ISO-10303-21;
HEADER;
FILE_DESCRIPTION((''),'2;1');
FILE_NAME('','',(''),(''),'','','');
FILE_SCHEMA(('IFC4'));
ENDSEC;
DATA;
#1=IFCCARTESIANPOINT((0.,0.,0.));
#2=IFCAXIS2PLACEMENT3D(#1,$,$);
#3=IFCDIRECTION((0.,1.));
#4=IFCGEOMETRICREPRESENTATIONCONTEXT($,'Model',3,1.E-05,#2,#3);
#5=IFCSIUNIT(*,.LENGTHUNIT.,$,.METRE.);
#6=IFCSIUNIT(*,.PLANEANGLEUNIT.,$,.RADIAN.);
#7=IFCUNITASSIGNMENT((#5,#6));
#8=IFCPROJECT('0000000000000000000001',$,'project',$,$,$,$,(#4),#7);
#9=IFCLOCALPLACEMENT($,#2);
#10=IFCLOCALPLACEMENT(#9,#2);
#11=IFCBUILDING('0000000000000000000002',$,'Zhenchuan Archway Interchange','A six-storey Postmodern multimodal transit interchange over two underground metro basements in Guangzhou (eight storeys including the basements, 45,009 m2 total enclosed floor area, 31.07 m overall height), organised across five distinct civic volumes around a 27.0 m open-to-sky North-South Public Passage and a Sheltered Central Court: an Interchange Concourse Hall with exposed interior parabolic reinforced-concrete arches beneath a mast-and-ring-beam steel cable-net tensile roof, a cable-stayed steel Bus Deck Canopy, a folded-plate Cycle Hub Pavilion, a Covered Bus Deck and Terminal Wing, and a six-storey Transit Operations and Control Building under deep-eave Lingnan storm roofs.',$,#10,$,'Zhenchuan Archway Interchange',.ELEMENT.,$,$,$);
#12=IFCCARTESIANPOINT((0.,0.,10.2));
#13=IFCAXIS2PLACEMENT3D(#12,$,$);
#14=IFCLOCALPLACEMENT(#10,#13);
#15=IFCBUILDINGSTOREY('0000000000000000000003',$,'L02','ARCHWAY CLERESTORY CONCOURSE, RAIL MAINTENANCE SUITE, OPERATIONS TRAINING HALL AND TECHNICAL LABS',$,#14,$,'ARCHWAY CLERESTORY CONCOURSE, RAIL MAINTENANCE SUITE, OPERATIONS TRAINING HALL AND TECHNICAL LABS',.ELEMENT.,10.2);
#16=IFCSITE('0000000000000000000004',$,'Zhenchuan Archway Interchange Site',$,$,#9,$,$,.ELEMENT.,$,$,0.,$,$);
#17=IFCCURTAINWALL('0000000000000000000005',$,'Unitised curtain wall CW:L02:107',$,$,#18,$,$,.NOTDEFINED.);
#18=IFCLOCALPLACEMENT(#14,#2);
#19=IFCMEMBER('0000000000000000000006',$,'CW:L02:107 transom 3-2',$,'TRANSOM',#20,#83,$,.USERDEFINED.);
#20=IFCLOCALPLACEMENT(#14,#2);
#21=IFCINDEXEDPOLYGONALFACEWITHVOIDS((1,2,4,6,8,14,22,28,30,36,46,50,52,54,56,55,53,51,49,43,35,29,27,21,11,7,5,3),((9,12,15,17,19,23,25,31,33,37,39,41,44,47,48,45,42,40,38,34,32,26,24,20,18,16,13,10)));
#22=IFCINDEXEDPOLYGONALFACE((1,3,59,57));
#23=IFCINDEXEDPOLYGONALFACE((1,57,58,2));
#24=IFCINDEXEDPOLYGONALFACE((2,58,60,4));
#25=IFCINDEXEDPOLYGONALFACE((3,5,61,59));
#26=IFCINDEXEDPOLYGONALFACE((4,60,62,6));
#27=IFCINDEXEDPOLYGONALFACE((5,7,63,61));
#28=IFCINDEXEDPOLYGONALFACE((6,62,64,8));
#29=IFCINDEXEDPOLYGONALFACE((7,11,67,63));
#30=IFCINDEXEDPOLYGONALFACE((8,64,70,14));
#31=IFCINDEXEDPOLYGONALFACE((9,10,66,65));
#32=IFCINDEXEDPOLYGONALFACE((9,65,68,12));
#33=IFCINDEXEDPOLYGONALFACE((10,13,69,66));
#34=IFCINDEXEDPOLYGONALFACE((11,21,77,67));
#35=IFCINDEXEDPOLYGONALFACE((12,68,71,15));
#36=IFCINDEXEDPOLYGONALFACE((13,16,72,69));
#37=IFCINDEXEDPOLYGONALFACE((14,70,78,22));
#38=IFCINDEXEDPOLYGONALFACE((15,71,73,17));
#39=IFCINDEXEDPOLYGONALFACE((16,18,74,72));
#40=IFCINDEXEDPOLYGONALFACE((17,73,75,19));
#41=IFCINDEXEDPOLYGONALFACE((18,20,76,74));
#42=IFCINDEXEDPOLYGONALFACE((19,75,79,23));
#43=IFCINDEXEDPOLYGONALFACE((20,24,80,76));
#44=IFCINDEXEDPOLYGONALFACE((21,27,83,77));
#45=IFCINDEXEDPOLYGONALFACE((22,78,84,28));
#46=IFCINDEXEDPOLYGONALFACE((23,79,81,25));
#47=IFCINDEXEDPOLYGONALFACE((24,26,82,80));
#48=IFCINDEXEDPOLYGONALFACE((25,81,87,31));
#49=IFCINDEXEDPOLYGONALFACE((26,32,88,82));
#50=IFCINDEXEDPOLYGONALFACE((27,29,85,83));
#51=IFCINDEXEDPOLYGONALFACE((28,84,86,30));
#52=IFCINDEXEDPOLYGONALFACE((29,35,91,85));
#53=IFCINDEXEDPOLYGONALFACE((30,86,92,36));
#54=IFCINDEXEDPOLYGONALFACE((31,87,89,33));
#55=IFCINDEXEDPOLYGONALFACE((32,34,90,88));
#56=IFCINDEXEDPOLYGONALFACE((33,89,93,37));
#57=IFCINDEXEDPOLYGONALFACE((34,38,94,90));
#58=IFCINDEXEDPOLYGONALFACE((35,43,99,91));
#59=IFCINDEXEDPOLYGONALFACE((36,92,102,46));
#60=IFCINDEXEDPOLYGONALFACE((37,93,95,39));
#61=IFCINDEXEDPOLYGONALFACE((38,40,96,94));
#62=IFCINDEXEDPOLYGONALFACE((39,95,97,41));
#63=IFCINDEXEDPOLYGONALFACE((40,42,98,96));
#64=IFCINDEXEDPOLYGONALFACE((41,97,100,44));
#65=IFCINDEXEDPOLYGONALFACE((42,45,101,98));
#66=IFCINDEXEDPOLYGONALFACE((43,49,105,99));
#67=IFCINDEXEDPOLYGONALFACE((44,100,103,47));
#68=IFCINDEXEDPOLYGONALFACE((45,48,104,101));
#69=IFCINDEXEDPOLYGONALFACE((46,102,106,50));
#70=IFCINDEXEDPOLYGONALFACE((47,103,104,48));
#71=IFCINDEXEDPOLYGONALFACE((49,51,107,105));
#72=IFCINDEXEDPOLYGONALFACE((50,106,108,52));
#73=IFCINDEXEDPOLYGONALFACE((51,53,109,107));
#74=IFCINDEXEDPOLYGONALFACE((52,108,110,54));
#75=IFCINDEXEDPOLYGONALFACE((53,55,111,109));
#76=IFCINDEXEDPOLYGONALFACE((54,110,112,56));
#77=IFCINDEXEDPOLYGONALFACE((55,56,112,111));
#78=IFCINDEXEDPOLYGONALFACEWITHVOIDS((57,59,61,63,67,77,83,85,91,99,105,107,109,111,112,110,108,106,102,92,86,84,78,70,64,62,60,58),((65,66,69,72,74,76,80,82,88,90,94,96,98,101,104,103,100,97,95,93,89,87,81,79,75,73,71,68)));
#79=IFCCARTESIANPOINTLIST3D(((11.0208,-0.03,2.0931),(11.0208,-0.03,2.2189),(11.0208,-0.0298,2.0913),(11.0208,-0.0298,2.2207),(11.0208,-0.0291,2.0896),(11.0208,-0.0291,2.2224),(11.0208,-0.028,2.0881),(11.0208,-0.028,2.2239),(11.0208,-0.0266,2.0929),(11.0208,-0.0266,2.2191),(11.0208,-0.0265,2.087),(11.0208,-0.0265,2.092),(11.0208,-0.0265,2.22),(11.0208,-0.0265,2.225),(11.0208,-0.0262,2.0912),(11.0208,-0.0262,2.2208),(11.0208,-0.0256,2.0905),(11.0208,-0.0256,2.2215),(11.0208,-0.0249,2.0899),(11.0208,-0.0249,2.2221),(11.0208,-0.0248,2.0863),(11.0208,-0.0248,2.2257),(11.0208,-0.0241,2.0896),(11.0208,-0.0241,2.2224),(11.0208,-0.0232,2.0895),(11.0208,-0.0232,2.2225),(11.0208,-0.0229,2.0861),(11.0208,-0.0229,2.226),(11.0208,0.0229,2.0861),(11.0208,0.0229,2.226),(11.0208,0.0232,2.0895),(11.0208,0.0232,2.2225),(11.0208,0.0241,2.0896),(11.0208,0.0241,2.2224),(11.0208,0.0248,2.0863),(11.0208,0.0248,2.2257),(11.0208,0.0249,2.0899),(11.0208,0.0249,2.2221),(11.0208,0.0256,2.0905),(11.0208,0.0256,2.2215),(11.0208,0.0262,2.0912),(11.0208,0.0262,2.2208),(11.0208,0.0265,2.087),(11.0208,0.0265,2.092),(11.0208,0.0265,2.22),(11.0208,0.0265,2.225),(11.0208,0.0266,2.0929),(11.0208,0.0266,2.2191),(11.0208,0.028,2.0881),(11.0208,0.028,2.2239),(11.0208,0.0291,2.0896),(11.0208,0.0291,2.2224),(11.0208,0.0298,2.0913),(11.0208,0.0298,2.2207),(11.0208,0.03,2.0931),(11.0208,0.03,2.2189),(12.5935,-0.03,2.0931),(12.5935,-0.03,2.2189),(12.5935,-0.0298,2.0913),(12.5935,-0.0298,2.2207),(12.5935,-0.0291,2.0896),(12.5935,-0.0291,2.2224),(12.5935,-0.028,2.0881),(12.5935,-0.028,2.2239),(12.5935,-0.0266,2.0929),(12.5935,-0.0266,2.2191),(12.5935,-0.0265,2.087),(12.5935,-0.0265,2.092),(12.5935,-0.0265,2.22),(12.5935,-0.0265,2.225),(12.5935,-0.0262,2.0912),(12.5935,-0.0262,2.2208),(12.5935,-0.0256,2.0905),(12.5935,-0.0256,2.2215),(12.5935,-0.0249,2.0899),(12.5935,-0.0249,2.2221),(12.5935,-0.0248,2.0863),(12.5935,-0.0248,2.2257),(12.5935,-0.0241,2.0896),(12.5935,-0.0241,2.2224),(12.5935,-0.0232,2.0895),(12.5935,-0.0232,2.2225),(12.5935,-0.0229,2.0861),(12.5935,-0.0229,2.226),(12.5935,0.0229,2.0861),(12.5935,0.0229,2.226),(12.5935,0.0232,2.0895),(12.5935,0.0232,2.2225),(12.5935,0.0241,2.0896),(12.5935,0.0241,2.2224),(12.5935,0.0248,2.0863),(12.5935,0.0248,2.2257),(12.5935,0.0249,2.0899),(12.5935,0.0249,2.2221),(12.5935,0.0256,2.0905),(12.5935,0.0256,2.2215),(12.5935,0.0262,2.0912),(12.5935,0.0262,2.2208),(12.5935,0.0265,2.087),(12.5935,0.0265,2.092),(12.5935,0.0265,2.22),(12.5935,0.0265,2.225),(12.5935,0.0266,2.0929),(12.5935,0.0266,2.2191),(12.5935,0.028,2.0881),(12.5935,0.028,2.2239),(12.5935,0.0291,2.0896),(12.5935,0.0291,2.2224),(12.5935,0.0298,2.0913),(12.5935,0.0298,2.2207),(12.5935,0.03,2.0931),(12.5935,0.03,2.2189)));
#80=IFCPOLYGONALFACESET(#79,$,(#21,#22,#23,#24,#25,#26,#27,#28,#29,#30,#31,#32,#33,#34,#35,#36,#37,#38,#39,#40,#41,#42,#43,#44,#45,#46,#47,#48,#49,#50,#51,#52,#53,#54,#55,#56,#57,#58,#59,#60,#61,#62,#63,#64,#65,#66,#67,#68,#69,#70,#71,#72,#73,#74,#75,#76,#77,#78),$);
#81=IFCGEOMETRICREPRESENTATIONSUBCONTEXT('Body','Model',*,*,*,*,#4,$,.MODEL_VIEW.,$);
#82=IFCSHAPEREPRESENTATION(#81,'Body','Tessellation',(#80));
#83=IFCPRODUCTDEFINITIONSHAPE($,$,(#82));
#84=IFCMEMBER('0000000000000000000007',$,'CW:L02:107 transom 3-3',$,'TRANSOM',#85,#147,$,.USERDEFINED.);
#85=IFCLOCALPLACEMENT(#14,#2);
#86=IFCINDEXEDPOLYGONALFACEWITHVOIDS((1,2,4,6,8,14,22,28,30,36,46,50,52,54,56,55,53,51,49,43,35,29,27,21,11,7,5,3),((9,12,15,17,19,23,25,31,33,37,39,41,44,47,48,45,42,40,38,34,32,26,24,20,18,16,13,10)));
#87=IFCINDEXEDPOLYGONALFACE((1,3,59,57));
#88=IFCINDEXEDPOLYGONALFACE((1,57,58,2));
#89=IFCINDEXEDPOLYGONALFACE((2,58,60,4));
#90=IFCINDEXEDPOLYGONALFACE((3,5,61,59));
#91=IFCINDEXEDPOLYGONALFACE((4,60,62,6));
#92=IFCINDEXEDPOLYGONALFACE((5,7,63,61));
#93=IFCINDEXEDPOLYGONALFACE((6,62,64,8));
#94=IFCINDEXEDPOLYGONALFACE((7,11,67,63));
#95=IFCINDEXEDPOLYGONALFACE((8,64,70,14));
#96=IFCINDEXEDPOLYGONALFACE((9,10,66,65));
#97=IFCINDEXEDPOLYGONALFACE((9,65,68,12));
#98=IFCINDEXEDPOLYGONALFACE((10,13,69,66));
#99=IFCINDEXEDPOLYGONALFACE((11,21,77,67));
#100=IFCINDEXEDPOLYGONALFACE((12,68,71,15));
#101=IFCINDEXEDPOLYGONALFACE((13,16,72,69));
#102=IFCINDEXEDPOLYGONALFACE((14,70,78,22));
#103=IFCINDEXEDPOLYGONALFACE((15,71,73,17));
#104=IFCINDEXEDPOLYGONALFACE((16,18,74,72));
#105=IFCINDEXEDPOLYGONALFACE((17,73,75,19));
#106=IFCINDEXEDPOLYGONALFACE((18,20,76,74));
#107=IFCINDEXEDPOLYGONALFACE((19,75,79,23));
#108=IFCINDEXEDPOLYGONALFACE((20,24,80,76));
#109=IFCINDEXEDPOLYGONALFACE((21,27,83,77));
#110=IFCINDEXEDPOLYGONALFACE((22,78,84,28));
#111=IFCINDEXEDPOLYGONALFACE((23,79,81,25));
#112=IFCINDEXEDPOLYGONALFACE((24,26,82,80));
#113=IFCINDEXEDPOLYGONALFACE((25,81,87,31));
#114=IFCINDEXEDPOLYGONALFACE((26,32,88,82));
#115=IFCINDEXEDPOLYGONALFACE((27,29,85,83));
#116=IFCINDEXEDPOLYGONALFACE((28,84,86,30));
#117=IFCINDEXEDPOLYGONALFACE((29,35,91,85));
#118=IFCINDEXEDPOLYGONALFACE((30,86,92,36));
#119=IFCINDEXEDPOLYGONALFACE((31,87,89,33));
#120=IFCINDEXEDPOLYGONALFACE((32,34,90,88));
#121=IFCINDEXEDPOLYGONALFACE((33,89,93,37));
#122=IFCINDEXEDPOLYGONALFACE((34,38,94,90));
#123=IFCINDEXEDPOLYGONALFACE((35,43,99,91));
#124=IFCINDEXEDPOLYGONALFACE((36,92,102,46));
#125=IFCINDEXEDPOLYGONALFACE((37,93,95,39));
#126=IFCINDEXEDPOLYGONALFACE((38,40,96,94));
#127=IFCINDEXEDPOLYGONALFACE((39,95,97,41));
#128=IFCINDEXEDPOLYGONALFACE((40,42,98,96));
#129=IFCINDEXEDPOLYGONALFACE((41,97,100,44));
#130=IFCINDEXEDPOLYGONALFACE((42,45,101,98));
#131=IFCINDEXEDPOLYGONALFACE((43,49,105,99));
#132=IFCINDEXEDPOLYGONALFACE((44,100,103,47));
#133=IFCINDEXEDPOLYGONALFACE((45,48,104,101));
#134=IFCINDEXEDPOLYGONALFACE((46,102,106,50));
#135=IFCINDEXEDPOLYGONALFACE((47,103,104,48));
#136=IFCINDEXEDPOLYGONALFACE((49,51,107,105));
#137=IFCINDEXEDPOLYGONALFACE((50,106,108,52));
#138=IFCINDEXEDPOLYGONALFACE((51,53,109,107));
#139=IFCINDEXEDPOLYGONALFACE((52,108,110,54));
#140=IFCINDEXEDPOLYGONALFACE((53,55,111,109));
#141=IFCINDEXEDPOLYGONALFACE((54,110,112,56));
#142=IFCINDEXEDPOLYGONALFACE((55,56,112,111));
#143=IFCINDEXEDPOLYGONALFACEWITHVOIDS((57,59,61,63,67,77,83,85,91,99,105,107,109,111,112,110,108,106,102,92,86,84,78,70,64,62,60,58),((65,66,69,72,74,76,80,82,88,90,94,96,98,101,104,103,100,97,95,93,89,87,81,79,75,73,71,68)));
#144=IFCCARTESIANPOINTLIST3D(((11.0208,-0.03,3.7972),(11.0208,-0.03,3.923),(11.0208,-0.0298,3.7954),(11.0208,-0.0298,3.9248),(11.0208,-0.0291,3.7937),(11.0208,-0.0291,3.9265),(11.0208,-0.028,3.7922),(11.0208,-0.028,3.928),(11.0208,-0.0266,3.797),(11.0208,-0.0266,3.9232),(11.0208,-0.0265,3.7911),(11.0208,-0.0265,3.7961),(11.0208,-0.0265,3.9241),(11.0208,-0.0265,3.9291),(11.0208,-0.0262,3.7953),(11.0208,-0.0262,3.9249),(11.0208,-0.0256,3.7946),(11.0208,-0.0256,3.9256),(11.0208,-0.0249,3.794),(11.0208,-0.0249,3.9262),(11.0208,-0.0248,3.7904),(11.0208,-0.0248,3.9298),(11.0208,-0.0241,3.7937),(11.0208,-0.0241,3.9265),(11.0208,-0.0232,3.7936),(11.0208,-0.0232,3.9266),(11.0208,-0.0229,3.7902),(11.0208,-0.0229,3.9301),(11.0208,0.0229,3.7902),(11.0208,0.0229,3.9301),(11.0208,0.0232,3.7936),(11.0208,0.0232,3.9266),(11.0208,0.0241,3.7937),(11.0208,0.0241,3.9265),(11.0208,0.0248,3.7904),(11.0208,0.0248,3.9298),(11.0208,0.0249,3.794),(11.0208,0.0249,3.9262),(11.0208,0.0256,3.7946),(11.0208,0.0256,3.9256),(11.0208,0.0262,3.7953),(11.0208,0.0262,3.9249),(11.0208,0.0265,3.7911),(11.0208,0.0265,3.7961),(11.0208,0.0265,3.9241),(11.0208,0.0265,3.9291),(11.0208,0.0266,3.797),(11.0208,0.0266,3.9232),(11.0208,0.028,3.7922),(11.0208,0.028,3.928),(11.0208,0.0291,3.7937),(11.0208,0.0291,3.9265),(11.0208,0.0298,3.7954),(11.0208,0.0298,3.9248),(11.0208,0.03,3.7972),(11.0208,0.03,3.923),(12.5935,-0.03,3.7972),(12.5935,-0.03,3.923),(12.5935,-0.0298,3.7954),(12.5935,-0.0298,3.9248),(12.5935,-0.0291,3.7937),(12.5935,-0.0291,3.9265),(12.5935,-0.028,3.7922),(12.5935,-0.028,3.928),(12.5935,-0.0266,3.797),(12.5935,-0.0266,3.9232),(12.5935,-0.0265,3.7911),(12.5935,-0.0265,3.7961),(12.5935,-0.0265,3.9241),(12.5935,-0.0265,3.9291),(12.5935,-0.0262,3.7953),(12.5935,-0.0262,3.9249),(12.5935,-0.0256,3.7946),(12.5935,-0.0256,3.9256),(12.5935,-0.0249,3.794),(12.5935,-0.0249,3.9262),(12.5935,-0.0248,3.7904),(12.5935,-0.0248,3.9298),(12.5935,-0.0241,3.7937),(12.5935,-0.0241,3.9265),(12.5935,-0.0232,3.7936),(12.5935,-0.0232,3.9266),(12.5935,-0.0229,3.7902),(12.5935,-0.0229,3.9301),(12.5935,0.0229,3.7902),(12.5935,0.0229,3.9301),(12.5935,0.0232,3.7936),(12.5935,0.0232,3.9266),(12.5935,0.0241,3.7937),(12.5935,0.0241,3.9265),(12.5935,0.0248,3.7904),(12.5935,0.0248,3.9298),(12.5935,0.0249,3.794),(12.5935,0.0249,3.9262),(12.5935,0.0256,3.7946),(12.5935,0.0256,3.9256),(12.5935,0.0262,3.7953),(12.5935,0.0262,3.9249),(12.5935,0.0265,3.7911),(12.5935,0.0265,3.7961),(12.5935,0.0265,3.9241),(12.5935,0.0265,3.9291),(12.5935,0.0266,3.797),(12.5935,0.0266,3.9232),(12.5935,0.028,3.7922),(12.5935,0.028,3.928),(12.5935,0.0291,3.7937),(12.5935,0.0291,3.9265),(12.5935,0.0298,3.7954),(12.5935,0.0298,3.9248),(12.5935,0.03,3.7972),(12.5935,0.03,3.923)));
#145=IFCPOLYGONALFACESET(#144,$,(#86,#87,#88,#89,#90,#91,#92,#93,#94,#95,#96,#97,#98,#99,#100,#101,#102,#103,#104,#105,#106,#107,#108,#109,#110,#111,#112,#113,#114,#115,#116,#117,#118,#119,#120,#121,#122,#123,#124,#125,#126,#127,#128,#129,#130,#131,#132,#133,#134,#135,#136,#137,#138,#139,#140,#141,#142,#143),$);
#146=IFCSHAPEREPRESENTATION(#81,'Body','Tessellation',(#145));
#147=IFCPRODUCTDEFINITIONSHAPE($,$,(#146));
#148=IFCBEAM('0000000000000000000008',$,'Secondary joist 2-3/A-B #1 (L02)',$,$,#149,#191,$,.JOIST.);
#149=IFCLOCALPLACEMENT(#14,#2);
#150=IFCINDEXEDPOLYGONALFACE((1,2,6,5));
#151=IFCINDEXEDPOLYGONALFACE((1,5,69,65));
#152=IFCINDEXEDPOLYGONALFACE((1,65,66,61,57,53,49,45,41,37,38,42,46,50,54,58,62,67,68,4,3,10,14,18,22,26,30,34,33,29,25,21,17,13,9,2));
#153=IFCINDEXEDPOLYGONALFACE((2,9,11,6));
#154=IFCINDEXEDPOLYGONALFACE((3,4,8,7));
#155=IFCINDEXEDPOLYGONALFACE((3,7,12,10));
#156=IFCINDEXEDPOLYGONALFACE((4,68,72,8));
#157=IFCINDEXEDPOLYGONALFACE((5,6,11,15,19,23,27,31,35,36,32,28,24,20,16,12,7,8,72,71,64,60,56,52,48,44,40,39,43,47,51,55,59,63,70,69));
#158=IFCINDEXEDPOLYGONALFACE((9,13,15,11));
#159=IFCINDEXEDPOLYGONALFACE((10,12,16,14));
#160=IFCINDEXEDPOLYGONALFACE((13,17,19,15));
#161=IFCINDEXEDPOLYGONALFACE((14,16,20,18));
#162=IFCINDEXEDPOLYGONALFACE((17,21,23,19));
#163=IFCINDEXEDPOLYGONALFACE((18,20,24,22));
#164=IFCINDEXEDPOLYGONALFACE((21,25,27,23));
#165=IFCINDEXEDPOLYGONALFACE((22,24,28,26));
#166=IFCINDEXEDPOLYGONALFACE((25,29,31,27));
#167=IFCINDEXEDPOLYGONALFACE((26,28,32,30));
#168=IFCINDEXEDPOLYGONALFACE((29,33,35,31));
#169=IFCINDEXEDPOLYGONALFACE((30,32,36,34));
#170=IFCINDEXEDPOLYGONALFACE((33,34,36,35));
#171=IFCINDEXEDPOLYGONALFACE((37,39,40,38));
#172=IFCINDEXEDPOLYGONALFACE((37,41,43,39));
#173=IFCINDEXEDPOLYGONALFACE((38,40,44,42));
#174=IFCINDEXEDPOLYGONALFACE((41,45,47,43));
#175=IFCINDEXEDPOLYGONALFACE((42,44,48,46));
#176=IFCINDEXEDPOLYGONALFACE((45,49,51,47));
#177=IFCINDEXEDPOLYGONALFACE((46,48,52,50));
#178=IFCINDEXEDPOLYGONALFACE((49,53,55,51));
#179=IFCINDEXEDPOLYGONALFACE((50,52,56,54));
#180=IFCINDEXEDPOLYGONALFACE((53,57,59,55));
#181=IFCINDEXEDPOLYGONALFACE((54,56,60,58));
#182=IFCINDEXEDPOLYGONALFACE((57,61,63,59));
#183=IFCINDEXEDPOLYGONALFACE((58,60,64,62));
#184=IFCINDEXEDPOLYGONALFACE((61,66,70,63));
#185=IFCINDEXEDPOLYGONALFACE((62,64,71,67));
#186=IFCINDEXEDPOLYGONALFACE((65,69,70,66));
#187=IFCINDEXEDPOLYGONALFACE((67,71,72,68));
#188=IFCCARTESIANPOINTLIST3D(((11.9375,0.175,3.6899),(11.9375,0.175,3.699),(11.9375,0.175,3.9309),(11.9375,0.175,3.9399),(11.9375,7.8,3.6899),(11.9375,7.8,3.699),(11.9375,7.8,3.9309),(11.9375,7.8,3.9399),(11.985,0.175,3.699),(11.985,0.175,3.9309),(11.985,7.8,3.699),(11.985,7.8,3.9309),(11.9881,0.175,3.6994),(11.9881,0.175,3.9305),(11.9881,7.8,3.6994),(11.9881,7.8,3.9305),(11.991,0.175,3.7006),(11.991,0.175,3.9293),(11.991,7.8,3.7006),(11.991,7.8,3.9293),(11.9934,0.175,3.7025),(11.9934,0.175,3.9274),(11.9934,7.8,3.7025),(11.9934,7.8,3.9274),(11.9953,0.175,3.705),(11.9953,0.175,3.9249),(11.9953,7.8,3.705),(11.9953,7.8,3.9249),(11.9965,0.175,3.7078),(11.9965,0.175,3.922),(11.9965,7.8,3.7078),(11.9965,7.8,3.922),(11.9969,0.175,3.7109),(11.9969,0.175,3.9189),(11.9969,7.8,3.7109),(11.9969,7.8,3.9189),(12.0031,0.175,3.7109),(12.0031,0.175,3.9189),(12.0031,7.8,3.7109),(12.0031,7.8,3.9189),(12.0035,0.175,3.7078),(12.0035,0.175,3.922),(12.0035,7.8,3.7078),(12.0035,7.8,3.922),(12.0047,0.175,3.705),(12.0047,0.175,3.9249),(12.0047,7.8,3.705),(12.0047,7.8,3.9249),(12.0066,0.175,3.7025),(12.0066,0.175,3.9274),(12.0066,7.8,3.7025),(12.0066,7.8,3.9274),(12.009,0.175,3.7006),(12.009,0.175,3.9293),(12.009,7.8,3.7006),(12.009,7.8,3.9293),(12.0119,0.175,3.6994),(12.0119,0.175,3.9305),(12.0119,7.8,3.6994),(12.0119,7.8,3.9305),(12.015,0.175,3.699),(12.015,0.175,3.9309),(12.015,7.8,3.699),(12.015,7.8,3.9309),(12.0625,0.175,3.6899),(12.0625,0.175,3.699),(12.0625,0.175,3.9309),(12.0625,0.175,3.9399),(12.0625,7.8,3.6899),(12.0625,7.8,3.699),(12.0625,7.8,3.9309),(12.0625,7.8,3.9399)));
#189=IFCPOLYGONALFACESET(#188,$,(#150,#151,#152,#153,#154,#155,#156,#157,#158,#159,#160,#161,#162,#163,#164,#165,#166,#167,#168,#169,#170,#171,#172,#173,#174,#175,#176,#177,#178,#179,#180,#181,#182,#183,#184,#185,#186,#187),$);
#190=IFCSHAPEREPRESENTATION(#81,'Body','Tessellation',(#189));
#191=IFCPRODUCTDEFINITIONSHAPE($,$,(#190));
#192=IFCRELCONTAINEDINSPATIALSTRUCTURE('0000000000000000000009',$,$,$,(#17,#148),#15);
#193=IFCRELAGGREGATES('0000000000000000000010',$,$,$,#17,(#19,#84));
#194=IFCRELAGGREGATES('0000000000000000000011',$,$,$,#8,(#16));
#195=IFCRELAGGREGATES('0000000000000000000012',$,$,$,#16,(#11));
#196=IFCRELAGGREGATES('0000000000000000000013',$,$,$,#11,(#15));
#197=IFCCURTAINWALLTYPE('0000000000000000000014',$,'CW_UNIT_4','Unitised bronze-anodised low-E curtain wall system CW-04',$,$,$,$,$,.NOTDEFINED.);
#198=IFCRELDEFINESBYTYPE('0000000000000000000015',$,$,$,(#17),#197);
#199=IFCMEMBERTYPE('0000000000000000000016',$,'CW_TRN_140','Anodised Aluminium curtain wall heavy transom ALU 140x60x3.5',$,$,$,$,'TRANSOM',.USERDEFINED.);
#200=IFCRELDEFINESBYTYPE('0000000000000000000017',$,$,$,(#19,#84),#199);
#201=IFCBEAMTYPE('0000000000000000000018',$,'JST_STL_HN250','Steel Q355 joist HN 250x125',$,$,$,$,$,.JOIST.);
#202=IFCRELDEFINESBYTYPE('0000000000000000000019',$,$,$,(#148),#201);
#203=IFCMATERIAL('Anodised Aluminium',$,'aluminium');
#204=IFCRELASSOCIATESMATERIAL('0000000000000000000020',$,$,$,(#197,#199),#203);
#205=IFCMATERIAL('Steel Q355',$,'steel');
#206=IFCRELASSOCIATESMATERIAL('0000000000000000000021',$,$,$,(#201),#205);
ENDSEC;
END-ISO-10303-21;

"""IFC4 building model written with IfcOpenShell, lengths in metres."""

from ifc_helpers import new_model, si_unit, direction, frame, origin, origin_2d, place, context, subcontext, project, spatial, hollow_rectangle, i_section, extrude, material, material_profile, profile_set, type_object, element, aggregate, save


model = new_model("IFC4")

# Units and contexts
model_context = context("Model", 3, precision=1e-05, world=origin(), true_north=direction((0.0, 1.0)))
body_context = subcontext(model_context, "Body", "Model", "MODEL_VIEW")
ifc_project = project(units=[si_unit("LENGTHUNIT", "METRE"), si_unit("PLANEANGLEUNIT", "RADIAN")], contexts=[model_context])

# Site, building, storey
site_placement = place(None, origin())
site = spatial("IfcSite", under=ifc_project, at=site_placement, Name="Zhenchuan Archway Interchange Site", CompositionType="ELEMENT", RefElevation=0.0)
building_placement = place(site_placement, origin())
building = spatial("IfcBuilding", under=site, at=building_placement, Name="Zhenchuan Archway Interchange", Description="A six-storey Postmodern multimodal transit interchange over two underground metro basements in Guangzhou (eight storeys including the basements, 45,009 m2 total enclosed floor area, 31.07 m overall height), organised across five distinct civic volumes around a 27.0 m open-to-sky North-South Public Passage and a Sheltered Central Court: an Interchange Concourse Hall with exposed interior parabolic reinforced-concrete arches beneath a mast-and-ring-beam steel cable-net tensile roof, a cable-stayed steel Bus Deck Canopy, a folded-plate Cycle Hub Pavilion, a Covered Bus Deck and Terminal Wing, and a six-storey Transit Operations and Control Building under deep-eave Lingnan storm roofs.", LongName="Zhenchuan Archway Interchange", CompositionType="ELEMENT")
storey_placement = place(building_placement, frame((0.0, 0.0, 10.2)))
storey = spatial("IfcBuildingStorey", under=building, at=storey_placement, Name="L02", Description="ARCHWAY CLERESTORY CONCOURSE, RAIL MAINTENANCE SUITE, OPERATIONS TRAINING HALL AND TECHNICAL LABS", LongName="ARCHWAY CLERESTORY CONCOURSE, RAIL MAINTENANCE SUITE, OPERATIONS TRAINING HALL AND TECHNICAL LABS", CompositionType="ELEMENT", Elevation=10.2)

# Curtain wall, members
ifc_material_1 = material(Name="Anodised Aluminium", Category="aluminium")
curtain_wall_type = type_object("IfcCurtainWallType", Name="CW_UNIT_4", Description="Unitised bronze-anodised low-E curtain wall system CW-04", PredefinedType="NOTDEFINED", material=ifc_material_1)
curtain_wall_placement = place(storey_placement, origin())
curtain_wall = element("IfcCurtainWall", 1, at=curtain_wall_placement, inside=storey, type_object=curtain_wall_type, Name="Unitised curtain wall CW:L02:107", PredefinedType="NOTDEFINED")
ifc_material_profile_1 = material_profile(ifc_material_1, hollow_rectangle(XDim=0.0601, YDim=0.1399, WallThickness=0.0034, InnerFilletRadius=0.0034, OuterFilletRadius=0.0071, at=origin_2d()), Name="ALU 140x60x3.5")
ifc_profile_set_1 = profile_set([ifc_material_profile_1], Name="Anodised Aluminium")
member_type_1 = type_object("IfcMemberType", Name="CW_TRN_140", Description="Anodised Aluminium curtain wall heavy transom ALU 140x60x3.5", ElementType="TRANSOM", PredefinedType="USERDEFINED", material=ifc_profile_set_1)
member_1_placement = place(storey_placement, frame((12.5935, 0.0, 2.156), z_axis=(-1.0, 0.0, 0.0), x_axis=(0.0, -1.0, 0.0)))
member_1 = element("IfcMember", 2, at=member_1_placement, type_object=member_type_1, Name="CW:L02:107 transom 3-2", ObjectType="TRANSOM", PredefinedType="USERDEFINED", context=body_context, shape_type="SweptSolid", body=[
    extrude(hollow_rectangle(XDim=0.0601, YDim=0.1399, WallThickness=0.0034, InnerFilletRadius=0.0034, OuterFilletRadius=0.0071, at=origin_2d()), origin(), (0.0, 0.0, 1.0), 1.5728),
])
member_2_placement = place(storey_placement, frame((12.5935, 0.0, 3.8601), z_axis=(-1.0, 0.0, 0.0), x_axis=(0.0, -1.0, 0.0)))
member_2 = element("IfcMember", 3, at=member_2_placement, type_object=member_type_1, Name="CW:L02:107 transom 3-3", ObjectType="TRANSOM", PredefinedType="USERDEFINED", context=body_context, shape_type="SweptSolid", body=[
    extrude(hollow_rectangle(XDim=0.0601, YDim=0.1399, WallThickness=0.0034, InnerFilletRadius=0.0034, OuterFilletRadius=0.0071, at=origin_2d()), origin(), (0.0, 0.0, 1.0), 1.5728),
])

# Beam
ifc_material_2 = material(Name="Steel Q355", Category="steel")
ifc_material_profile_2 = material_profile(ifc_material_2, i_section(OverallWidth=0.125, OverallDepth=0.25, WebThickness=0.0061, FlangeThickness=0.009, FilletRadius=0.012, at=origin_2d()), Name="HN 250x125")
ifc_profile_set_2 = profile_set([ifc_material_profile_2], Name="Steel Q355")
beam_type = type_object("IfcBeamType", Name="JST_STL_HN250", Description="Steel Q355 joist HN 250x125", PredefinedType="JOIST", material=ifc_profile_set_2)
for number, where, z_axis, x_axis, name in (
    (4, (12.0, 0.175, 3.8149), (0.0, 1.0, 0.0), (-1.0, 0.0, 0.0), "Secondary joist 2-3/A-B #1 (L02)"),
):
    element("IfcBeam", number, at=place(storey_placement, frame(where, z_axis=z_axis, x_axis=x_axis)), inside=storey, type_object=beam_type, Name=name, PredefinedType="JOIST", context=body_context, shape_type="SweptSolid", body=[
        extrude(i_section(OverallWidth=0.125, OverallDepth=0.25, WebThickness=0.0061, FlangeThickness=0.009, FilletRadius=0.012, at=origin_2d()), origin(), (0.0, 0.0, 1.0), 7.625),
    ])

aggregate(curtain_wall, [member_1, member_2])

save(model, "model.ifc")
